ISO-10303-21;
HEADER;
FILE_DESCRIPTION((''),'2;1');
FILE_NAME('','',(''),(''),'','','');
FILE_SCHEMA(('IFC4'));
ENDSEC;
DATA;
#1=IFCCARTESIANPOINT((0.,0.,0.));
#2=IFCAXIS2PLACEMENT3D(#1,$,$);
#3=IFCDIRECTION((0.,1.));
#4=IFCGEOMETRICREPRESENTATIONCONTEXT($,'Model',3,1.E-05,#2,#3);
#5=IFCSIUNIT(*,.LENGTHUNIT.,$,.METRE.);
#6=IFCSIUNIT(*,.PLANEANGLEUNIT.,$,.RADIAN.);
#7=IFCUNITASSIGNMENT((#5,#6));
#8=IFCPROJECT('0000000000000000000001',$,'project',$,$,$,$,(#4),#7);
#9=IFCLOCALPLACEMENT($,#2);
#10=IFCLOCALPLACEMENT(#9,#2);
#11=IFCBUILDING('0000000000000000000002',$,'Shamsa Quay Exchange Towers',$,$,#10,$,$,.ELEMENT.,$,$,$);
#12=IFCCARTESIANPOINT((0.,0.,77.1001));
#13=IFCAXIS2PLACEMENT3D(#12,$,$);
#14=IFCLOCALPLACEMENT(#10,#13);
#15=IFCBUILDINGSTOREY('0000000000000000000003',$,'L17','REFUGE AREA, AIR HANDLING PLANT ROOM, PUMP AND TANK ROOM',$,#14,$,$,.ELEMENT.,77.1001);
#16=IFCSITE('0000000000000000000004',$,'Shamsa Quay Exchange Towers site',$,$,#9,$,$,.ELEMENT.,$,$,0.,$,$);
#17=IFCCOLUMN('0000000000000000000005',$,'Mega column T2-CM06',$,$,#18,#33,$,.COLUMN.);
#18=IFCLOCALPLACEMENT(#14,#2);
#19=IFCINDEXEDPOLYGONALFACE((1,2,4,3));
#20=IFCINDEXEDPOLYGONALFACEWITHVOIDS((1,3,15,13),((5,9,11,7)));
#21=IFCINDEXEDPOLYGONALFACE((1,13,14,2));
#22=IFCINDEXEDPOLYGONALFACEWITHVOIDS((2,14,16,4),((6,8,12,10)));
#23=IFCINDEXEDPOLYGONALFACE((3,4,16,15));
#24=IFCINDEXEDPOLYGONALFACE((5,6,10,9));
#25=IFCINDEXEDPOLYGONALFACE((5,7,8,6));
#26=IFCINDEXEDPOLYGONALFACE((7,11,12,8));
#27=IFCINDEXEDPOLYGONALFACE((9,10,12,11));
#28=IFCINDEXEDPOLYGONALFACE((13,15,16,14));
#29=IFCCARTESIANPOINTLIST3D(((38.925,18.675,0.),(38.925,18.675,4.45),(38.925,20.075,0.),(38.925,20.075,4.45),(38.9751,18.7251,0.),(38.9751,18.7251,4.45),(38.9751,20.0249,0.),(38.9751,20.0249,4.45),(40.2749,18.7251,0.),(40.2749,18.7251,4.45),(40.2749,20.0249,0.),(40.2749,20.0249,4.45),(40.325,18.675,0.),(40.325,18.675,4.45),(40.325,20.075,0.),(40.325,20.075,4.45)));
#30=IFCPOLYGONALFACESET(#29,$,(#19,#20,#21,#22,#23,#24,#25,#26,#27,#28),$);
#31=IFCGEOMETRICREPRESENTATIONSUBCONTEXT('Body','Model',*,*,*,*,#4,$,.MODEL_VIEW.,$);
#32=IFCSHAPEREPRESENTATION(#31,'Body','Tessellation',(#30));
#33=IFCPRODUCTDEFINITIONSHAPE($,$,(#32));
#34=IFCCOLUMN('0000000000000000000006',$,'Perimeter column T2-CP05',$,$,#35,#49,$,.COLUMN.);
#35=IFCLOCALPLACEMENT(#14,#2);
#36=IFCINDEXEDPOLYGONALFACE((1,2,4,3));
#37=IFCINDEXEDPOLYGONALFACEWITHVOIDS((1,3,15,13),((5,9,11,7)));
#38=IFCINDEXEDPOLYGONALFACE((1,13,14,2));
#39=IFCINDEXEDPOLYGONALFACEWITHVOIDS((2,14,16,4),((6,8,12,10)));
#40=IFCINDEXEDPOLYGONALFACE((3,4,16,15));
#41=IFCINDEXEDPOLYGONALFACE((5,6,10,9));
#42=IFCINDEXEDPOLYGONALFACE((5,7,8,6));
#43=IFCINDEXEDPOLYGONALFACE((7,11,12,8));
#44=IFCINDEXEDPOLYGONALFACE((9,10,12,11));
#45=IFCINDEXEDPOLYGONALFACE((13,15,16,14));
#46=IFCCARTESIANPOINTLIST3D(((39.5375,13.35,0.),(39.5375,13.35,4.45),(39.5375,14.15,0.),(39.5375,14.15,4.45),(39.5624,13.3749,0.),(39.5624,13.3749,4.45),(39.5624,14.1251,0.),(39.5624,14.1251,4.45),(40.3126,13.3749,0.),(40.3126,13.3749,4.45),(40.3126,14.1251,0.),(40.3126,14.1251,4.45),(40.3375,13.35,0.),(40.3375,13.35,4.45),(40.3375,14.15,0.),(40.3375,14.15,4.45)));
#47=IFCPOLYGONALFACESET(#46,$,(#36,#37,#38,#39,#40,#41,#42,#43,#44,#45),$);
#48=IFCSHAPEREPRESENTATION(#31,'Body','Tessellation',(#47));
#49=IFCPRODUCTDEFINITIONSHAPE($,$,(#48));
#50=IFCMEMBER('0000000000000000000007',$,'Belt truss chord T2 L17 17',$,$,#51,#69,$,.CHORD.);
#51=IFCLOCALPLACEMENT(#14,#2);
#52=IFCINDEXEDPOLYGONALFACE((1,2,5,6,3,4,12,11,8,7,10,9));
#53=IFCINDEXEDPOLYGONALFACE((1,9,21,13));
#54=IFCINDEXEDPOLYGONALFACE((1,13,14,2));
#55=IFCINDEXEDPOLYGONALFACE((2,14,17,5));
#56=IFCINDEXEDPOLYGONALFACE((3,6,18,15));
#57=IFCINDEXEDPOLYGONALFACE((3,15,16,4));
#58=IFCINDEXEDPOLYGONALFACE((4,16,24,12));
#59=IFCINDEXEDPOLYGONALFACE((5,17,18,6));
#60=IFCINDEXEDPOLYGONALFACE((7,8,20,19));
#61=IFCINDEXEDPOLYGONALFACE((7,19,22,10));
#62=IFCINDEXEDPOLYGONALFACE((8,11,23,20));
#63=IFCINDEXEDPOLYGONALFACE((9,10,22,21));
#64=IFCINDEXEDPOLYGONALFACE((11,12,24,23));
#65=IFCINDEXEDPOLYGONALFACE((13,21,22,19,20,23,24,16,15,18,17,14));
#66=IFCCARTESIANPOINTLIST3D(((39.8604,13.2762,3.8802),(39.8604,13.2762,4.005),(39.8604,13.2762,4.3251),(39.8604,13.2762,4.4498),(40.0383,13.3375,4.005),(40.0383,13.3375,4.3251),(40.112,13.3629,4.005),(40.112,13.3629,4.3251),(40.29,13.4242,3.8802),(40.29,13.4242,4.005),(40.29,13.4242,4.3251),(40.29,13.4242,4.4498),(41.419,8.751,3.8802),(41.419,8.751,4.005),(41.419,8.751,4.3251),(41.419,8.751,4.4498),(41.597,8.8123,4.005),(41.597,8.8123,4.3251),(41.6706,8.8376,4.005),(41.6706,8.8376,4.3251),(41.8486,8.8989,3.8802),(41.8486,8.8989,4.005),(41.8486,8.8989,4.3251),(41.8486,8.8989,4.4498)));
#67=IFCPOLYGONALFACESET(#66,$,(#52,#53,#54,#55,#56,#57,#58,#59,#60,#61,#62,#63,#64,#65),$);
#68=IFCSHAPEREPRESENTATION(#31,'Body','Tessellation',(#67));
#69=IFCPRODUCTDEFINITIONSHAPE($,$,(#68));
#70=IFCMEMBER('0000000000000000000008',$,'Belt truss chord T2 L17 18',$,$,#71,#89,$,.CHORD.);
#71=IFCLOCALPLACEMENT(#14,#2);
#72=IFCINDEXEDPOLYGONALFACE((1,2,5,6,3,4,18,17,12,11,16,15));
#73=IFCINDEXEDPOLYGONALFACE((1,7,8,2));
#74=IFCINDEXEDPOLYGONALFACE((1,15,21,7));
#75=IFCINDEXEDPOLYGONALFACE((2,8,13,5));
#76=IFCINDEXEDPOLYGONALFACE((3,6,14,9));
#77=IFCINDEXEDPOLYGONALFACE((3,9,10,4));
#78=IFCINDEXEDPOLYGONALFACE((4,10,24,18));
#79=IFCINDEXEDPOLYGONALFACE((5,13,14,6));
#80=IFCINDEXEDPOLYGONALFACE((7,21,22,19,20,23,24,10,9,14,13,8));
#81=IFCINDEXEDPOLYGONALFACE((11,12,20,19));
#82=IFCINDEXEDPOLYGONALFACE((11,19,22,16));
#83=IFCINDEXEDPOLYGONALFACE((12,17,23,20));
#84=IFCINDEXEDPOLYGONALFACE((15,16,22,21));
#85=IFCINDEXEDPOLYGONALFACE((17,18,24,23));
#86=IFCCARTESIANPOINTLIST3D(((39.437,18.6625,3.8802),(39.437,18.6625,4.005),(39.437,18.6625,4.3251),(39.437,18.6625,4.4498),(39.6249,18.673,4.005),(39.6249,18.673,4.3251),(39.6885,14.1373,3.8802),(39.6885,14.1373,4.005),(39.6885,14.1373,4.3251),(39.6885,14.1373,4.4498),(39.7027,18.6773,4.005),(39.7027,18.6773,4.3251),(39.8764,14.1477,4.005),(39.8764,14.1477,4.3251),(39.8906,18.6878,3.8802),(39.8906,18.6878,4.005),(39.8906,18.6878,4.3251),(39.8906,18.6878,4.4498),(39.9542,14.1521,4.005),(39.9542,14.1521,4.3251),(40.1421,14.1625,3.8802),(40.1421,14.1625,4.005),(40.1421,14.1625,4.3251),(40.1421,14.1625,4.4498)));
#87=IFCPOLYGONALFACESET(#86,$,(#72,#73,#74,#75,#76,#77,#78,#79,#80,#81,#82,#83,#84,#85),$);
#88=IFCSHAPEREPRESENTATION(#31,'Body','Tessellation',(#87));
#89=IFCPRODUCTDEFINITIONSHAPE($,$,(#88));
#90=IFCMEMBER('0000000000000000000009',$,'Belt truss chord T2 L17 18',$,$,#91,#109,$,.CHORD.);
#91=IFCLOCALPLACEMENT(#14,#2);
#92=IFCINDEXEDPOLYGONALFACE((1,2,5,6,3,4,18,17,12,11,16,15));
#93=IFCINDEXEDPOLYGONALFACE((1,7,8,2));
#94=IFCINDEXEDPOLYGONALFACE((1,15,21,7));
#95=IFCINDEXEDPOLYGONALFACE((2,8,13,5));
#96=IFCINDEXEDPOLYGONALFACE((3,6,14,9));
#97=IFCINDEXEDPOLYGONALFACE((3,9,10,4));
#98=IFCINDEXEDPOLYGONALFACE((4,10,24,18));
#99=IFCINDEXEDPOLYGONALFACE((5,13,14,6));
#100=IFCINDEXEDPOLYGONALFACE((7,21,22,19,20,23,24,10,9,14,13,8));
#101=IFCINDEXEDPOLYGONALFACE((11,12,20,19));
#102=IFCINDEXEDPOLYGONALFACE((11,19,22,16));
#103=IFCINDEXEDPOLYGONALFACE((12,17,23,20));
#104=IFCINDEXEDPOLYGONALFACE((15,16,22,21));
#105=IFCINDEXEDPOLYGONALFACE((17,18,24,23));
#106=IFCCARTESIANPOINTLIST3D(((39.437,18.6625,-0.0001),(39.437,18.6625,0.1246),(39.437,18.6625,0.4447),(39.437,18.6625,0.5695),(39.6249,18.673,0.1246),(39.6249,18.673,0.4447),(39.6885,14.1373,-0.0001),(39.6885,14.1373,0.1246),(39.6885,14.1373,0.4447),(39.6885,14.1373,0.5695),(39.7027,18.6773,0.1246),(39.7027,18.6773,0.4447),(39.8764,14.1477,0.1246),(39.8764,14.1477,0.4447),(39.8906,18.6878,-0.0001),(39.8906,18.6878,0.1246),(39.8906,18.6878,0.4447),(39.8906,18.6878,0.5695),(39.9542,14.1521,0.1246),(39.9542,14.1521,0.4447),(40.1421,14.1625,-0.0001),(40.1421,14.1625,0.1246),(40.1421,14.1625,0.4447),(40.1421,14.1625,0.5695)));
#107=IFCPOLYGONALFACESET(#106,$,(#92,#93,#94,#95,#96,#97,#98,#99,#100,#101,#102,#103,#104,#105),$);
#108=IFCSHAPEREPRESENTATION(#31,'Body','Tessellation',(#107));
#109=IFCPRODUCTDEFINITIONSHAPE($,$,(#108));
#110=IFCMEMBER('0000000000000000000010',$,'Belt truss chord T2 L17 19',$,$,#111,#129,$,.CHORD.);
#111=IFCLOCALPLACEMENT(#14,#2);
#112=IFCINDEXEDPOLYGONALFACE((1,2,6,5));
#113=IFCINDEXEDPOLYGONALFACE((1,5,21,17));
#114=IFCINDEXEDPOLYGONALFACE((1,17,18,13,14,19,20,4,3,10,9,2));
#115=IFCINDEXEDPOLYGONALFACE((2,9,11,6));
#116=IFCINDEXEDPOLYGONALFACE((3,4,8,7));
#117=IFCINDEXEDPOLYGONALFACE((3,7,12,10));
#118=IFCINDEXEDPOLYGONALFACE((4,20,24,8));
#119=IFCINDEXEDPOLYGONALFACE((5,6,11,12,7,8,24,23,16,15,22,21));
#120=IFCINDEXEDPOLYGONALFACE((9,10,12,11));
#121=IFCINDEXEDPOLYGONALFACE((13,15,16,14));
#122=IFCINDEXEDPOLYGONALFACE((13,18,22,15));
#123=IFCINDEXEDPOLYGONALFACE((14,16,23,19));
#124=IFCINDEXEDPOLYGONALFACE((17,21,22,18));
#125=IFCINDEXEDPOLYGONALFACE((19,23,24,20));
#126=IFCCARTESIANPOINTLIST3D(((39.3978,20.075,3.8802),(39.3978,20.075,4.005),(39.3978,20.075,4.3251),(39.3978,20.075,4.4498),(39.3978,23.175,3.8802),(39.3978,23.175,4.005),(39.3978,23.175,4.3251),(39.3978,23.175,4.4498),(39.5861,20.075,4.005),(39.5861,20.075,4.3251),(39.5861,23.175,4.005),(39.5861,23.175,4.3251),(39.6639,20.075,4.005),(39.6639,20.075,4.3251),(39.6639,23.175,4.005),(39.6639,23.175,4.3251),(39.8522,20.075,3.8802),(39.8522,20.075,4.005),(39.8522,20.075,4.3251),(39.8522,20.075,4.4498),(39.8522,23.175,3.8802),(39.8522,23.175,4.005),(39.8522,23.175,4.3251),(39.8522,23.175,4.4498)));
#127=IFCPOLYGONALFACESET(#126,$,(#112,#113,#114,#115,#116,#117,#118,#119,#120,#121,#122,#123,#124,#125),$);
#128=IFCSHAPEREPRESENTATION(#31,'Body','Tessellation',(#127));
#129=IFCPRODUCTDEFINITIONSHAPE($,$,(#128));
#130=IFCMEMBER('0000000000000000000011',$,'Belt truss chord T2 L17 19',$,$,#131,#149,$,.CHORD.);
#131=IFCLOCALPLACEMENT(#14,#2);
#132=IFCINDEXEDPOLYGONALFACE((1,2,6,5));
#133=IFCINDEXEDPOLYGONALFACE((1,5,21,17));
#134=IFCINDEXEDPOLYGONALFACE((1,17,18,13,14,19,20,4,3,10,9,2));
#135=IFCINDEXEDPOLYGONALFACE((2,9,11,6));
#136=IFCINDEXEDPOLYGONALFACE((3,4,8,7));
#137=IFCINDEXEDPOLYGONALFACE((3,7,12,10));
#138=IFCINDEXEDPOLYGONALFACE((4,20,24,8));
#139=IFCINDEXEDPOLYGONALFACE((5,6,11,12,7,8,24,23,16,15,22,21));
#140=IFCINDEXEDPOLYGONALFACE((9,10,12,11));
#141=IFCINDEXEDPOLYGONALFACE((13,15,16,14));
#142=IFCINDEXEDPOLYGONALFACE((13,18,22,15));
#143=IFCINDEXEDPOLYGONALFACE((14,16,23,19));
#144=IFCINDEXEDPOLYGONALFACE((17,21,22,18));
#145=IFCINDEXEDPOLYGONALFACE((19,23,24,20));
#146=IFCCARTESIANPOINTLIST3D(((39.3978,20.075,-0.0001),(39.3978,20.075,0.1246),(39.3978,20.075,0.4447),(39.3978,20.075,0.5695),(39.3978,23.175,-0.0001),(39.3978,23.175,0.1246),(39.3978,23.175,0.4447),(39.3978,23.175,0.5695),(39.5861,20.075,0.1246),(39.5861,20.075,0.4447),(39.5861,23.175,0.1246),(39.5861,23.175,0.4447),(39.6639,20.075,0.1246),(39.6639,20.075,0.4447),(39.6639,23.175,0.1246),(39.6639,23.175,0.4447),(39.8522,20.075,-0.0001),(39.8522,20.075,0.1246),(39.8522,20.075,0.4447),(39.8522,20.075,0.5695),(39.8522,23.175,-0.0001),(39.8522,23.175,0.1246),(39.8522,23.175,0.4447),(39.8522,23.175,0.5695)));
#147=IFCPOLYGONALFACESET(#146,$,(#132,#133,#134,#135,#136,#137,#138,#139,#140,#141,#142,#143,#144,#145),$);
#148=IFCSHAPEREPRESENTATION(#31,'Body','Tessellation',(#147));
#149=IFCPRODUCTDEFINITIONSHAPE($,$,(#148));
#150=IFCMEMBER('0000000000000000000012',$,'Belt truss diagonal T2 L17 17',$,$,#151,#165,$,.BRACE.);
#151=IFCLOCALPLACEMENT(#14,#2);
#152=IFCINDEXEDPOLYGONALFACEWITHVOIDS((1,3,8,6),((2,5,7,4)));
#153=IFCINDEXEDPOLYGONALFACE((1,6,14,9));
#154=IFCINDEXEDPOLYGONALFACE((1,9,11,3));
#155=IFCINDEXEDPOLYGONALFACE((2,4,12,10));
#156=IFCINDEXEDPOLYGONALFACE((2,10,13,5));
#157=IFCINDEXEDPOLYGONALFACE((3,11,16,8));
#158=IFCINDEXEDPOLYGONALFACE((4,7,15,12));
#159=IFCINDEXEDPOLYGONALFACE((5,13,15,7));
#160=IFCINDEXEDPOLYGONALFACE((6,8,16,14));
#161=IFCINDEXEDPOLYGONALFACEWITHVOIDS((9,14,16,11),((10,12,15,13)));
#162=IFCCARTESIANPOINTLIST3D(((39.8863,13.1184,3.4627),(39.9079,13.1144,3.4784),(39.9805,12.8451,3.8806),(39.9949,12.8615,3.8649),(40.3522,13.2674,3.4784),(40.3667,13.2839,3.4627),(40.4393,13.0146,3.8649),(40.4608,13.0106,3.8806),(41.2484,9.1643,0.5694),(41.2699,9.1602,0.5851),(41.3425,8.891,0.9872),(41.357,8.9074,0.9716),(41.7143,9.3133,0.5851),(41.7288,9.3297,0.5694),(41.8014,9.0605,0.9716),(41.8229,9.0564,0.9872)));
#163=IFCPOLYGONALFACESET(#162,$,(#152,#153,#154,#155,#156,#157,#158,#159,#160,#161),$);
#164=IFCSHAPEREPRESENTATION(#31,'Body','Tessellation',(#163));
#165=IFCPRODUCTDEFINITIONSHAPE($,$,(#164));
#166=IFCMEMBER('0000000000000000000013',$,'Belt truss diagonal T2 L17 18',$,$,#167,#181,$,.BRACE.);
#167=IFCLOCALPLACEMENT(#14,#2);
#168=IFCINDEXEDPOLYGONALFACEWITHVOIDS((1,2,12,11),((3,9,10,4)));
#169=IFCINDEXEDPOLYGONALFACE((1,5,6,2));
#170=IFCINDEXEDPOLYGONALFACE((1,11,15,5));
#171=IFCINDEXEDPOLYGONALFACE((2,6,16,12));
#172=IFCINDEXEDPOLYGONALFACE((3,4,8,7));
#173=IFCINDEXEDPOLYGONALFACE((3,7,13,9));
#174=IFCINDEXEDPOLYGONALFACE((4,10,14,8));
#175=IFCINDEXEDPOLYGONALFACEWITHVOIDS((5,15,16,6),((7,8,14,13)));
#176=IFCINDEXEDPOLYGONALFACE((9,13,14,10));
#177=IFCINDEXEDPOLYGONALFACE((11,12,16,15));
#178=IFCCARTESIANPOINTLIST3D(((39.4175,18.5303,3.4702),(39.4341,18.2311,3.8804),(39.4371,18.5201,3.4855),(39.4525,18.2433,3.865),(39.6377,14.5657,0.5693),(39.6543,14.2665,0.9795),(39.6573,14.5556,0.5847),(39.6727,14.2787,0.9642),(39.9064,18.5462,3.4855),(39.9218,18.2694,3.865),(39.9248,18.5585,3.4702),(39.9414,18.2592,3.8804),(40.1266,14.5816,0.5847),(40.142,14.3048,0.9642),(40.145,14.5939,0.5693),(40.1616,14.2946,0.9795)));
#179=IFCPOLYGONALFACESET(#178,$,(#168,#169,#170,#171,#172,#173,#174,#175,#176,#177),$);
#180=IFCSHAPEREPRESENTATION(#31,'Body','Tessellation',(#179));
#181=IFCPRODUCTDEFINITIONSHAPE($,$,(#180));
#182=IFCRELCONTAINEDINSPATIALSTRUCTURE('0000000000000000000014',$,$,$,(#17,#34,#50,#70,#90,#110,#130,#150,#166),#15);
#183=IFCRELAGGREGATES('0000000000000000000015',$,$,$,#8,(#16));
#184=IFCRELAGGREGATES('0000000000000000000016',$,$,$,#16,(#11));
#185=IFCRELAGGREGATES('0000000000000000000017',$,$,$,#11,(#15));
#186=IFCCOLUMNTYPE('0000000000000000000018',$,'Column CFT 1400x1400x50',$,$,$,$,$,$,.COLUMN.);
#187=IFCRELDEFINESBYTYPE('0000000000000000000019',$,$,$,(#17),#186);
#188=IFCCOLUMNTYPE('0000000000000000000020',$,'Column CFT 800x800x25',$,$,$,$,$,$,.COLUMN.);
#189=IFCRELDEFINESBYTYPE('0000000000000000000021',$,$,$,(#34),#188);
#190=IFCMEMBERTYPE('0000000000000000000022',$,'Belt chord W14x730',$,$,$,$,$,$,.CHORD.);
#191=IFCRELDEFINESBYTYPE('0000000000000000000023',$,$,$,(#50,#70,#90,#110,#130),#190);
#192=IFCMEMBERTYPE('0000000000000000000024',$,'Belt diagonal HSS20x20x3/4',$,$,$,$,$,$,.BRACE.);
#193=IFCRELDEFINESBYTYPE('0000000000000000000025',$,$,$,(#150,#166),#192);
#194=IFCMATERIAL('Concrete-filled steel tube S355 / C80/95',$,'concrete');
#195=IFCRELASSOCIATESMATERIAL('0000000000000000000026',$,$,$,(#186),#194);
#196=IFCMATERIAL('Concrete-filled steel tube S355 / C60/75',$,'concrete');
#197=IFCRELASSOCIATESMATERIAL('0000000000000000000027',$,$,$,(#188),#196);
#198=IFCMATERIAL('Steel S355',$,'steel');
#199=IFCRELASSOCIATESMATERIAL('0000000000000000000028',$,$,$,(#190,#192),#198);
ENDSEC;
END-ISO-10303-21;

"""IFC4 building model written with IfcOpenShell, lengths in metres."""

from ifc_helpers import new_model, si_unit, direction, frame, origin, origin_2d, place, context, subcontext, project, spatial, hollow_rectangle, i_section, extrude, material, material_profile, profile_set, type_object, element, save


model = new_model("IFC4")

# Units and contexts
model_context = context("Model", 3, precision=1e-05, world=origin(), true_north=direction((0.0, 1.0)))
body_context = subcontext(model_context, "Body", "Model", "MODEL_VIEW")
ifc_project = project(units=[si_unit("LENGTHUNIT", "METRE"), si_unit("PLANEANGLEUNIT", "RADIAN")], contexts=[model_context])

# Site, building, storey
site_placement = place(None, origin())
site = spatial("IfcSite", under=ifc_project, at=site_placement, Name="Shamsa Quay Exchange Towers site", CompositionType="ELEMENT", RefElevation=0.0)
building_placement = place(site_placement, origin())
building = spatial("IfcBuilding", under=site, at=building_placement, Name="Shamsa Quay Exchange Towers", CompositionType="ELEMENT")
storey_placement = place(building_placement, frame((0.0, 0.0, 77.1001)))
storey = spatial("IfcBuildingStorey", under=building, at=storey_placement, Name="L17", Description="REFUGE AREA, AIR HANDLING PLANT ROOM, PUMP AND TANK ROOM", CompositionType="ELEMENT", Elevation=77.1001)

# Columns
ifc_material_1 = material(Name="Concrete-filled steel tube S355 / C80/95", Category="concrete")
ifc_material_profile_1 = material_profile(ifc_material_1, hollow_rectangle(XDim=1.3999, YDim=1.3999, WallThickness=0.05, at=origin_2d()), Name="CFT 1400x1400x50")
ifc_profile_set_1 = profile_set([ifc_material_profile_1], Name="Concrete-filled steel tube S355 / C80/95")
column_type_1 = type_object("IfcColumnType", Name="Column CFT 1400x1400x50", PredefinedType="COLUMN", material=ifc_profile_set_1)
column_1_placement = place(storey_placement, frame((39.625, 19.375, 0.0)))
element("IfcColumn", 1, at=column_1_placement, inside=storey, type_object=column_type_1, Name="Mega column T2-CM06", PredefinedType="COLUMN", context=body_context, shape_type="SweptSolid", body=[
    extrude(hollow_rectangle(XDim=1.3999, YDim=1.3999, WallThickness=0.05, at=origin_2d()), origin(), (0.0, 0.0, 1.0), 4.45),
])
ifc_material_2 = material(Name="Concrete-filled steel tube S355 / C60/75", Category="concrete")
ifc_material_profile_2 = material_profile(ifc_material_2, hollow_rectangle(XDim=0.8, YDim=0.8, WallThickness=0.0249, at=origin_2d()), Name="CFT 800x800x25")
ifc_profile_set_2 = profile_set([ifc_material_profile_2], Name="Concrete-filled steel tube S355 / C60/75")
column_type_2 = type_object("IfcColumnType", Name="Column CFT 800x800x25", PredefinedType="COLUMN", material=ifc_profile_set_2)
column_2_placement = place(storey_placement, frame((39.9375, 13.75, 0.0)))
element("IfcColumn", 2, at=column_2_placement, inside=storey, type_object=column_type_2, Name="Perimeter column T2-CP05", PredefinedType="COLUMN", context=body_context, shape_type="SweptSolid", body=[
    extrude(hollow_rectangle(XDim=0.8, YDim=0.8, WallThickness=0.0249, at=origin_2d()), origin(), (0.0, 0.0, 1.0), 4.45),
])

# Members
ifc_material_3 = material(Name="Steel S355", Category="steel")
ifc_material_profile_3 = material_profile(ifc_material_3, i_section(OverallWidth=0.4543, OverallDepth=0.5696, WebThickness=0.0779, FlangeThickness=0.1248, at=origin_2d()), Name="W14x730")
ifc_profile_set_3 = profile_set([ifc_material_profile_3], Name="Steel S355")
member_type_1 = type_object("IfcMemberType", Name="Belt chord W14x730", PredefinedType="CHORD", material=ifc_profile_set_3)
member_1_placement = place(storey_placement, frame((41.6338, 8.825, 4.165), z_axis=(-0.325654, 0.945489, 0.0), x_axis=(-0.945489, -0.325654, 0.0)))
element("IfcMember", 3, at=member_1_placement, inside=storey, type_object=member_type_1, Name="Belt truss chord T2 L17 17", PredefinedType="CHORD", context=body_context, shape_type="SweptSolid", body=[
    extrude(i_section(OverallWidth=0.4543, OverallDepth=0.5696, WebThickness=0.0779, FlangeThickness=0.1248, at=origin_2d()), origin(), (0.0, 0.0, 1.0), 4.7861),
])
for number, where, z_axis, x_axis, name in (
    (4, (39.9153, 14.1499, 4.165), (-0.055485, 0.99846, 0.0), (-0.99846, -0.055485, 0.0), "Belt truss chord T2 L17 18"),
    (5, (39.9153, 14.1499, 0.2847), (-0.055485, 0.99846, 0.0), (-0.99846, -0.055485, 0.0), "Belt truss chord T2 L17 18"),
):
    element("IfcMember", number, at=place(storey_placement, frame(where, z_axis=z_axis, x_axis=x_axis)), inside=storey, type_object=member_type_1, Name=name, PredefinedType="CHORD", context=body_context, shape_type="SweptSolid", body=[
        extrude(i_section(OverallWidth=0.4543, OverallDepth=0.5696, WebThickness=0.0779, FlangeThickness=0.1248, at=origin_2d()), origin(), (0.0, 0.0, 1.0), 4.5322),
    ])
for number, where, z_axis, x_axis, name in (
    (6, (39.625, 20.075, 4.165), (0.0, 1.0, 0.0), (-1.0, 0.0, 0.0), "Belt truss chord T2 L17 19"),
    (7, (39.625, 20.075, 0.2847), (0.0, 1.0, 0.0), (-1.0, 0.0, 0.0), "Belt truss chord T2 L17 19"),
):
    element("IfcMember", number, at=place(storey_placement, frame(where, z_axis=z_axis, x_axis=x_axis)), inside=storey, type_object=member_type_1, Name=name, PredefinedType="CHORD", context=body_context, shape_type="SweptSolid", body=[
        extrude(i_section(OverallWidth=0.4543, OverallDepth=0.5696, WebThickness=0.0779, FlangeThickness=0.1248, at=origin_2d()), origin(), (0.0, 0.0, 1.0), 3.1001),
    ])
ifc_material_profile_4 = material_profile(ifc_material_3, hollow_rectangle(XDim=0.5081, YDim=0.5081, WallThickness=0.019, at=origin_2d()), Name="HSS20x20x3/4")
ifc_profile_set_4 = profile_set([ifc_material_profile_4], Name="Steel S355")
member_type_2 = type_object("IfcMemberType", Name="Belt diagonal HSS20x20x3/4", PredefinedType="BRACE", material=ifc_profile_set_4)
member_2_placement = place(storey_placement, frame((41.5356, 9.1104, 0.7783), z_axis=(-0.267837, 0.777539, 0.568944), x_axis=(-0.945478, -0.325687, 0.0)))
element("IfcMember", 8, at=member_2_placement, inside=storey, type_object=member_type_2, Name="Belt truss diagonal T2 L17 17", PredefinedType="BRACE", context=body_context, shape_type="SweptSolid", body=[
    extrude(hollow_rectangle(XDim=0.5081, YDim=0.5081, WallThickness=0.019, at=origin_2d()), origin(), (0.0, 0.0, 1.0), 5.0854),
])
member_3_placement = place(storey_placement, frame((39.8997, 14.4302, 0.7744), z_axis=(-0.044782, 0.806225, 0.589911), x_axis=(-0.998461, -0.05546, 0.0)))
element("IfcMember", 9, at=member_3_placement, inside=storey, type_object=member_type_2, Name="Belt truss diagonal T2 L17 18", PredefinedType="BRACE", context=body_context, shape_type="SweptSolid", body=[
    extrude(hollow_rectangle(XDim=0.5081, YDim=0.5081, WallThickness=0.019, at=origin_2d()), origin(), (0.0, 0.0, 1.0), 4.9175),
])

save(model, "model.ifc")
